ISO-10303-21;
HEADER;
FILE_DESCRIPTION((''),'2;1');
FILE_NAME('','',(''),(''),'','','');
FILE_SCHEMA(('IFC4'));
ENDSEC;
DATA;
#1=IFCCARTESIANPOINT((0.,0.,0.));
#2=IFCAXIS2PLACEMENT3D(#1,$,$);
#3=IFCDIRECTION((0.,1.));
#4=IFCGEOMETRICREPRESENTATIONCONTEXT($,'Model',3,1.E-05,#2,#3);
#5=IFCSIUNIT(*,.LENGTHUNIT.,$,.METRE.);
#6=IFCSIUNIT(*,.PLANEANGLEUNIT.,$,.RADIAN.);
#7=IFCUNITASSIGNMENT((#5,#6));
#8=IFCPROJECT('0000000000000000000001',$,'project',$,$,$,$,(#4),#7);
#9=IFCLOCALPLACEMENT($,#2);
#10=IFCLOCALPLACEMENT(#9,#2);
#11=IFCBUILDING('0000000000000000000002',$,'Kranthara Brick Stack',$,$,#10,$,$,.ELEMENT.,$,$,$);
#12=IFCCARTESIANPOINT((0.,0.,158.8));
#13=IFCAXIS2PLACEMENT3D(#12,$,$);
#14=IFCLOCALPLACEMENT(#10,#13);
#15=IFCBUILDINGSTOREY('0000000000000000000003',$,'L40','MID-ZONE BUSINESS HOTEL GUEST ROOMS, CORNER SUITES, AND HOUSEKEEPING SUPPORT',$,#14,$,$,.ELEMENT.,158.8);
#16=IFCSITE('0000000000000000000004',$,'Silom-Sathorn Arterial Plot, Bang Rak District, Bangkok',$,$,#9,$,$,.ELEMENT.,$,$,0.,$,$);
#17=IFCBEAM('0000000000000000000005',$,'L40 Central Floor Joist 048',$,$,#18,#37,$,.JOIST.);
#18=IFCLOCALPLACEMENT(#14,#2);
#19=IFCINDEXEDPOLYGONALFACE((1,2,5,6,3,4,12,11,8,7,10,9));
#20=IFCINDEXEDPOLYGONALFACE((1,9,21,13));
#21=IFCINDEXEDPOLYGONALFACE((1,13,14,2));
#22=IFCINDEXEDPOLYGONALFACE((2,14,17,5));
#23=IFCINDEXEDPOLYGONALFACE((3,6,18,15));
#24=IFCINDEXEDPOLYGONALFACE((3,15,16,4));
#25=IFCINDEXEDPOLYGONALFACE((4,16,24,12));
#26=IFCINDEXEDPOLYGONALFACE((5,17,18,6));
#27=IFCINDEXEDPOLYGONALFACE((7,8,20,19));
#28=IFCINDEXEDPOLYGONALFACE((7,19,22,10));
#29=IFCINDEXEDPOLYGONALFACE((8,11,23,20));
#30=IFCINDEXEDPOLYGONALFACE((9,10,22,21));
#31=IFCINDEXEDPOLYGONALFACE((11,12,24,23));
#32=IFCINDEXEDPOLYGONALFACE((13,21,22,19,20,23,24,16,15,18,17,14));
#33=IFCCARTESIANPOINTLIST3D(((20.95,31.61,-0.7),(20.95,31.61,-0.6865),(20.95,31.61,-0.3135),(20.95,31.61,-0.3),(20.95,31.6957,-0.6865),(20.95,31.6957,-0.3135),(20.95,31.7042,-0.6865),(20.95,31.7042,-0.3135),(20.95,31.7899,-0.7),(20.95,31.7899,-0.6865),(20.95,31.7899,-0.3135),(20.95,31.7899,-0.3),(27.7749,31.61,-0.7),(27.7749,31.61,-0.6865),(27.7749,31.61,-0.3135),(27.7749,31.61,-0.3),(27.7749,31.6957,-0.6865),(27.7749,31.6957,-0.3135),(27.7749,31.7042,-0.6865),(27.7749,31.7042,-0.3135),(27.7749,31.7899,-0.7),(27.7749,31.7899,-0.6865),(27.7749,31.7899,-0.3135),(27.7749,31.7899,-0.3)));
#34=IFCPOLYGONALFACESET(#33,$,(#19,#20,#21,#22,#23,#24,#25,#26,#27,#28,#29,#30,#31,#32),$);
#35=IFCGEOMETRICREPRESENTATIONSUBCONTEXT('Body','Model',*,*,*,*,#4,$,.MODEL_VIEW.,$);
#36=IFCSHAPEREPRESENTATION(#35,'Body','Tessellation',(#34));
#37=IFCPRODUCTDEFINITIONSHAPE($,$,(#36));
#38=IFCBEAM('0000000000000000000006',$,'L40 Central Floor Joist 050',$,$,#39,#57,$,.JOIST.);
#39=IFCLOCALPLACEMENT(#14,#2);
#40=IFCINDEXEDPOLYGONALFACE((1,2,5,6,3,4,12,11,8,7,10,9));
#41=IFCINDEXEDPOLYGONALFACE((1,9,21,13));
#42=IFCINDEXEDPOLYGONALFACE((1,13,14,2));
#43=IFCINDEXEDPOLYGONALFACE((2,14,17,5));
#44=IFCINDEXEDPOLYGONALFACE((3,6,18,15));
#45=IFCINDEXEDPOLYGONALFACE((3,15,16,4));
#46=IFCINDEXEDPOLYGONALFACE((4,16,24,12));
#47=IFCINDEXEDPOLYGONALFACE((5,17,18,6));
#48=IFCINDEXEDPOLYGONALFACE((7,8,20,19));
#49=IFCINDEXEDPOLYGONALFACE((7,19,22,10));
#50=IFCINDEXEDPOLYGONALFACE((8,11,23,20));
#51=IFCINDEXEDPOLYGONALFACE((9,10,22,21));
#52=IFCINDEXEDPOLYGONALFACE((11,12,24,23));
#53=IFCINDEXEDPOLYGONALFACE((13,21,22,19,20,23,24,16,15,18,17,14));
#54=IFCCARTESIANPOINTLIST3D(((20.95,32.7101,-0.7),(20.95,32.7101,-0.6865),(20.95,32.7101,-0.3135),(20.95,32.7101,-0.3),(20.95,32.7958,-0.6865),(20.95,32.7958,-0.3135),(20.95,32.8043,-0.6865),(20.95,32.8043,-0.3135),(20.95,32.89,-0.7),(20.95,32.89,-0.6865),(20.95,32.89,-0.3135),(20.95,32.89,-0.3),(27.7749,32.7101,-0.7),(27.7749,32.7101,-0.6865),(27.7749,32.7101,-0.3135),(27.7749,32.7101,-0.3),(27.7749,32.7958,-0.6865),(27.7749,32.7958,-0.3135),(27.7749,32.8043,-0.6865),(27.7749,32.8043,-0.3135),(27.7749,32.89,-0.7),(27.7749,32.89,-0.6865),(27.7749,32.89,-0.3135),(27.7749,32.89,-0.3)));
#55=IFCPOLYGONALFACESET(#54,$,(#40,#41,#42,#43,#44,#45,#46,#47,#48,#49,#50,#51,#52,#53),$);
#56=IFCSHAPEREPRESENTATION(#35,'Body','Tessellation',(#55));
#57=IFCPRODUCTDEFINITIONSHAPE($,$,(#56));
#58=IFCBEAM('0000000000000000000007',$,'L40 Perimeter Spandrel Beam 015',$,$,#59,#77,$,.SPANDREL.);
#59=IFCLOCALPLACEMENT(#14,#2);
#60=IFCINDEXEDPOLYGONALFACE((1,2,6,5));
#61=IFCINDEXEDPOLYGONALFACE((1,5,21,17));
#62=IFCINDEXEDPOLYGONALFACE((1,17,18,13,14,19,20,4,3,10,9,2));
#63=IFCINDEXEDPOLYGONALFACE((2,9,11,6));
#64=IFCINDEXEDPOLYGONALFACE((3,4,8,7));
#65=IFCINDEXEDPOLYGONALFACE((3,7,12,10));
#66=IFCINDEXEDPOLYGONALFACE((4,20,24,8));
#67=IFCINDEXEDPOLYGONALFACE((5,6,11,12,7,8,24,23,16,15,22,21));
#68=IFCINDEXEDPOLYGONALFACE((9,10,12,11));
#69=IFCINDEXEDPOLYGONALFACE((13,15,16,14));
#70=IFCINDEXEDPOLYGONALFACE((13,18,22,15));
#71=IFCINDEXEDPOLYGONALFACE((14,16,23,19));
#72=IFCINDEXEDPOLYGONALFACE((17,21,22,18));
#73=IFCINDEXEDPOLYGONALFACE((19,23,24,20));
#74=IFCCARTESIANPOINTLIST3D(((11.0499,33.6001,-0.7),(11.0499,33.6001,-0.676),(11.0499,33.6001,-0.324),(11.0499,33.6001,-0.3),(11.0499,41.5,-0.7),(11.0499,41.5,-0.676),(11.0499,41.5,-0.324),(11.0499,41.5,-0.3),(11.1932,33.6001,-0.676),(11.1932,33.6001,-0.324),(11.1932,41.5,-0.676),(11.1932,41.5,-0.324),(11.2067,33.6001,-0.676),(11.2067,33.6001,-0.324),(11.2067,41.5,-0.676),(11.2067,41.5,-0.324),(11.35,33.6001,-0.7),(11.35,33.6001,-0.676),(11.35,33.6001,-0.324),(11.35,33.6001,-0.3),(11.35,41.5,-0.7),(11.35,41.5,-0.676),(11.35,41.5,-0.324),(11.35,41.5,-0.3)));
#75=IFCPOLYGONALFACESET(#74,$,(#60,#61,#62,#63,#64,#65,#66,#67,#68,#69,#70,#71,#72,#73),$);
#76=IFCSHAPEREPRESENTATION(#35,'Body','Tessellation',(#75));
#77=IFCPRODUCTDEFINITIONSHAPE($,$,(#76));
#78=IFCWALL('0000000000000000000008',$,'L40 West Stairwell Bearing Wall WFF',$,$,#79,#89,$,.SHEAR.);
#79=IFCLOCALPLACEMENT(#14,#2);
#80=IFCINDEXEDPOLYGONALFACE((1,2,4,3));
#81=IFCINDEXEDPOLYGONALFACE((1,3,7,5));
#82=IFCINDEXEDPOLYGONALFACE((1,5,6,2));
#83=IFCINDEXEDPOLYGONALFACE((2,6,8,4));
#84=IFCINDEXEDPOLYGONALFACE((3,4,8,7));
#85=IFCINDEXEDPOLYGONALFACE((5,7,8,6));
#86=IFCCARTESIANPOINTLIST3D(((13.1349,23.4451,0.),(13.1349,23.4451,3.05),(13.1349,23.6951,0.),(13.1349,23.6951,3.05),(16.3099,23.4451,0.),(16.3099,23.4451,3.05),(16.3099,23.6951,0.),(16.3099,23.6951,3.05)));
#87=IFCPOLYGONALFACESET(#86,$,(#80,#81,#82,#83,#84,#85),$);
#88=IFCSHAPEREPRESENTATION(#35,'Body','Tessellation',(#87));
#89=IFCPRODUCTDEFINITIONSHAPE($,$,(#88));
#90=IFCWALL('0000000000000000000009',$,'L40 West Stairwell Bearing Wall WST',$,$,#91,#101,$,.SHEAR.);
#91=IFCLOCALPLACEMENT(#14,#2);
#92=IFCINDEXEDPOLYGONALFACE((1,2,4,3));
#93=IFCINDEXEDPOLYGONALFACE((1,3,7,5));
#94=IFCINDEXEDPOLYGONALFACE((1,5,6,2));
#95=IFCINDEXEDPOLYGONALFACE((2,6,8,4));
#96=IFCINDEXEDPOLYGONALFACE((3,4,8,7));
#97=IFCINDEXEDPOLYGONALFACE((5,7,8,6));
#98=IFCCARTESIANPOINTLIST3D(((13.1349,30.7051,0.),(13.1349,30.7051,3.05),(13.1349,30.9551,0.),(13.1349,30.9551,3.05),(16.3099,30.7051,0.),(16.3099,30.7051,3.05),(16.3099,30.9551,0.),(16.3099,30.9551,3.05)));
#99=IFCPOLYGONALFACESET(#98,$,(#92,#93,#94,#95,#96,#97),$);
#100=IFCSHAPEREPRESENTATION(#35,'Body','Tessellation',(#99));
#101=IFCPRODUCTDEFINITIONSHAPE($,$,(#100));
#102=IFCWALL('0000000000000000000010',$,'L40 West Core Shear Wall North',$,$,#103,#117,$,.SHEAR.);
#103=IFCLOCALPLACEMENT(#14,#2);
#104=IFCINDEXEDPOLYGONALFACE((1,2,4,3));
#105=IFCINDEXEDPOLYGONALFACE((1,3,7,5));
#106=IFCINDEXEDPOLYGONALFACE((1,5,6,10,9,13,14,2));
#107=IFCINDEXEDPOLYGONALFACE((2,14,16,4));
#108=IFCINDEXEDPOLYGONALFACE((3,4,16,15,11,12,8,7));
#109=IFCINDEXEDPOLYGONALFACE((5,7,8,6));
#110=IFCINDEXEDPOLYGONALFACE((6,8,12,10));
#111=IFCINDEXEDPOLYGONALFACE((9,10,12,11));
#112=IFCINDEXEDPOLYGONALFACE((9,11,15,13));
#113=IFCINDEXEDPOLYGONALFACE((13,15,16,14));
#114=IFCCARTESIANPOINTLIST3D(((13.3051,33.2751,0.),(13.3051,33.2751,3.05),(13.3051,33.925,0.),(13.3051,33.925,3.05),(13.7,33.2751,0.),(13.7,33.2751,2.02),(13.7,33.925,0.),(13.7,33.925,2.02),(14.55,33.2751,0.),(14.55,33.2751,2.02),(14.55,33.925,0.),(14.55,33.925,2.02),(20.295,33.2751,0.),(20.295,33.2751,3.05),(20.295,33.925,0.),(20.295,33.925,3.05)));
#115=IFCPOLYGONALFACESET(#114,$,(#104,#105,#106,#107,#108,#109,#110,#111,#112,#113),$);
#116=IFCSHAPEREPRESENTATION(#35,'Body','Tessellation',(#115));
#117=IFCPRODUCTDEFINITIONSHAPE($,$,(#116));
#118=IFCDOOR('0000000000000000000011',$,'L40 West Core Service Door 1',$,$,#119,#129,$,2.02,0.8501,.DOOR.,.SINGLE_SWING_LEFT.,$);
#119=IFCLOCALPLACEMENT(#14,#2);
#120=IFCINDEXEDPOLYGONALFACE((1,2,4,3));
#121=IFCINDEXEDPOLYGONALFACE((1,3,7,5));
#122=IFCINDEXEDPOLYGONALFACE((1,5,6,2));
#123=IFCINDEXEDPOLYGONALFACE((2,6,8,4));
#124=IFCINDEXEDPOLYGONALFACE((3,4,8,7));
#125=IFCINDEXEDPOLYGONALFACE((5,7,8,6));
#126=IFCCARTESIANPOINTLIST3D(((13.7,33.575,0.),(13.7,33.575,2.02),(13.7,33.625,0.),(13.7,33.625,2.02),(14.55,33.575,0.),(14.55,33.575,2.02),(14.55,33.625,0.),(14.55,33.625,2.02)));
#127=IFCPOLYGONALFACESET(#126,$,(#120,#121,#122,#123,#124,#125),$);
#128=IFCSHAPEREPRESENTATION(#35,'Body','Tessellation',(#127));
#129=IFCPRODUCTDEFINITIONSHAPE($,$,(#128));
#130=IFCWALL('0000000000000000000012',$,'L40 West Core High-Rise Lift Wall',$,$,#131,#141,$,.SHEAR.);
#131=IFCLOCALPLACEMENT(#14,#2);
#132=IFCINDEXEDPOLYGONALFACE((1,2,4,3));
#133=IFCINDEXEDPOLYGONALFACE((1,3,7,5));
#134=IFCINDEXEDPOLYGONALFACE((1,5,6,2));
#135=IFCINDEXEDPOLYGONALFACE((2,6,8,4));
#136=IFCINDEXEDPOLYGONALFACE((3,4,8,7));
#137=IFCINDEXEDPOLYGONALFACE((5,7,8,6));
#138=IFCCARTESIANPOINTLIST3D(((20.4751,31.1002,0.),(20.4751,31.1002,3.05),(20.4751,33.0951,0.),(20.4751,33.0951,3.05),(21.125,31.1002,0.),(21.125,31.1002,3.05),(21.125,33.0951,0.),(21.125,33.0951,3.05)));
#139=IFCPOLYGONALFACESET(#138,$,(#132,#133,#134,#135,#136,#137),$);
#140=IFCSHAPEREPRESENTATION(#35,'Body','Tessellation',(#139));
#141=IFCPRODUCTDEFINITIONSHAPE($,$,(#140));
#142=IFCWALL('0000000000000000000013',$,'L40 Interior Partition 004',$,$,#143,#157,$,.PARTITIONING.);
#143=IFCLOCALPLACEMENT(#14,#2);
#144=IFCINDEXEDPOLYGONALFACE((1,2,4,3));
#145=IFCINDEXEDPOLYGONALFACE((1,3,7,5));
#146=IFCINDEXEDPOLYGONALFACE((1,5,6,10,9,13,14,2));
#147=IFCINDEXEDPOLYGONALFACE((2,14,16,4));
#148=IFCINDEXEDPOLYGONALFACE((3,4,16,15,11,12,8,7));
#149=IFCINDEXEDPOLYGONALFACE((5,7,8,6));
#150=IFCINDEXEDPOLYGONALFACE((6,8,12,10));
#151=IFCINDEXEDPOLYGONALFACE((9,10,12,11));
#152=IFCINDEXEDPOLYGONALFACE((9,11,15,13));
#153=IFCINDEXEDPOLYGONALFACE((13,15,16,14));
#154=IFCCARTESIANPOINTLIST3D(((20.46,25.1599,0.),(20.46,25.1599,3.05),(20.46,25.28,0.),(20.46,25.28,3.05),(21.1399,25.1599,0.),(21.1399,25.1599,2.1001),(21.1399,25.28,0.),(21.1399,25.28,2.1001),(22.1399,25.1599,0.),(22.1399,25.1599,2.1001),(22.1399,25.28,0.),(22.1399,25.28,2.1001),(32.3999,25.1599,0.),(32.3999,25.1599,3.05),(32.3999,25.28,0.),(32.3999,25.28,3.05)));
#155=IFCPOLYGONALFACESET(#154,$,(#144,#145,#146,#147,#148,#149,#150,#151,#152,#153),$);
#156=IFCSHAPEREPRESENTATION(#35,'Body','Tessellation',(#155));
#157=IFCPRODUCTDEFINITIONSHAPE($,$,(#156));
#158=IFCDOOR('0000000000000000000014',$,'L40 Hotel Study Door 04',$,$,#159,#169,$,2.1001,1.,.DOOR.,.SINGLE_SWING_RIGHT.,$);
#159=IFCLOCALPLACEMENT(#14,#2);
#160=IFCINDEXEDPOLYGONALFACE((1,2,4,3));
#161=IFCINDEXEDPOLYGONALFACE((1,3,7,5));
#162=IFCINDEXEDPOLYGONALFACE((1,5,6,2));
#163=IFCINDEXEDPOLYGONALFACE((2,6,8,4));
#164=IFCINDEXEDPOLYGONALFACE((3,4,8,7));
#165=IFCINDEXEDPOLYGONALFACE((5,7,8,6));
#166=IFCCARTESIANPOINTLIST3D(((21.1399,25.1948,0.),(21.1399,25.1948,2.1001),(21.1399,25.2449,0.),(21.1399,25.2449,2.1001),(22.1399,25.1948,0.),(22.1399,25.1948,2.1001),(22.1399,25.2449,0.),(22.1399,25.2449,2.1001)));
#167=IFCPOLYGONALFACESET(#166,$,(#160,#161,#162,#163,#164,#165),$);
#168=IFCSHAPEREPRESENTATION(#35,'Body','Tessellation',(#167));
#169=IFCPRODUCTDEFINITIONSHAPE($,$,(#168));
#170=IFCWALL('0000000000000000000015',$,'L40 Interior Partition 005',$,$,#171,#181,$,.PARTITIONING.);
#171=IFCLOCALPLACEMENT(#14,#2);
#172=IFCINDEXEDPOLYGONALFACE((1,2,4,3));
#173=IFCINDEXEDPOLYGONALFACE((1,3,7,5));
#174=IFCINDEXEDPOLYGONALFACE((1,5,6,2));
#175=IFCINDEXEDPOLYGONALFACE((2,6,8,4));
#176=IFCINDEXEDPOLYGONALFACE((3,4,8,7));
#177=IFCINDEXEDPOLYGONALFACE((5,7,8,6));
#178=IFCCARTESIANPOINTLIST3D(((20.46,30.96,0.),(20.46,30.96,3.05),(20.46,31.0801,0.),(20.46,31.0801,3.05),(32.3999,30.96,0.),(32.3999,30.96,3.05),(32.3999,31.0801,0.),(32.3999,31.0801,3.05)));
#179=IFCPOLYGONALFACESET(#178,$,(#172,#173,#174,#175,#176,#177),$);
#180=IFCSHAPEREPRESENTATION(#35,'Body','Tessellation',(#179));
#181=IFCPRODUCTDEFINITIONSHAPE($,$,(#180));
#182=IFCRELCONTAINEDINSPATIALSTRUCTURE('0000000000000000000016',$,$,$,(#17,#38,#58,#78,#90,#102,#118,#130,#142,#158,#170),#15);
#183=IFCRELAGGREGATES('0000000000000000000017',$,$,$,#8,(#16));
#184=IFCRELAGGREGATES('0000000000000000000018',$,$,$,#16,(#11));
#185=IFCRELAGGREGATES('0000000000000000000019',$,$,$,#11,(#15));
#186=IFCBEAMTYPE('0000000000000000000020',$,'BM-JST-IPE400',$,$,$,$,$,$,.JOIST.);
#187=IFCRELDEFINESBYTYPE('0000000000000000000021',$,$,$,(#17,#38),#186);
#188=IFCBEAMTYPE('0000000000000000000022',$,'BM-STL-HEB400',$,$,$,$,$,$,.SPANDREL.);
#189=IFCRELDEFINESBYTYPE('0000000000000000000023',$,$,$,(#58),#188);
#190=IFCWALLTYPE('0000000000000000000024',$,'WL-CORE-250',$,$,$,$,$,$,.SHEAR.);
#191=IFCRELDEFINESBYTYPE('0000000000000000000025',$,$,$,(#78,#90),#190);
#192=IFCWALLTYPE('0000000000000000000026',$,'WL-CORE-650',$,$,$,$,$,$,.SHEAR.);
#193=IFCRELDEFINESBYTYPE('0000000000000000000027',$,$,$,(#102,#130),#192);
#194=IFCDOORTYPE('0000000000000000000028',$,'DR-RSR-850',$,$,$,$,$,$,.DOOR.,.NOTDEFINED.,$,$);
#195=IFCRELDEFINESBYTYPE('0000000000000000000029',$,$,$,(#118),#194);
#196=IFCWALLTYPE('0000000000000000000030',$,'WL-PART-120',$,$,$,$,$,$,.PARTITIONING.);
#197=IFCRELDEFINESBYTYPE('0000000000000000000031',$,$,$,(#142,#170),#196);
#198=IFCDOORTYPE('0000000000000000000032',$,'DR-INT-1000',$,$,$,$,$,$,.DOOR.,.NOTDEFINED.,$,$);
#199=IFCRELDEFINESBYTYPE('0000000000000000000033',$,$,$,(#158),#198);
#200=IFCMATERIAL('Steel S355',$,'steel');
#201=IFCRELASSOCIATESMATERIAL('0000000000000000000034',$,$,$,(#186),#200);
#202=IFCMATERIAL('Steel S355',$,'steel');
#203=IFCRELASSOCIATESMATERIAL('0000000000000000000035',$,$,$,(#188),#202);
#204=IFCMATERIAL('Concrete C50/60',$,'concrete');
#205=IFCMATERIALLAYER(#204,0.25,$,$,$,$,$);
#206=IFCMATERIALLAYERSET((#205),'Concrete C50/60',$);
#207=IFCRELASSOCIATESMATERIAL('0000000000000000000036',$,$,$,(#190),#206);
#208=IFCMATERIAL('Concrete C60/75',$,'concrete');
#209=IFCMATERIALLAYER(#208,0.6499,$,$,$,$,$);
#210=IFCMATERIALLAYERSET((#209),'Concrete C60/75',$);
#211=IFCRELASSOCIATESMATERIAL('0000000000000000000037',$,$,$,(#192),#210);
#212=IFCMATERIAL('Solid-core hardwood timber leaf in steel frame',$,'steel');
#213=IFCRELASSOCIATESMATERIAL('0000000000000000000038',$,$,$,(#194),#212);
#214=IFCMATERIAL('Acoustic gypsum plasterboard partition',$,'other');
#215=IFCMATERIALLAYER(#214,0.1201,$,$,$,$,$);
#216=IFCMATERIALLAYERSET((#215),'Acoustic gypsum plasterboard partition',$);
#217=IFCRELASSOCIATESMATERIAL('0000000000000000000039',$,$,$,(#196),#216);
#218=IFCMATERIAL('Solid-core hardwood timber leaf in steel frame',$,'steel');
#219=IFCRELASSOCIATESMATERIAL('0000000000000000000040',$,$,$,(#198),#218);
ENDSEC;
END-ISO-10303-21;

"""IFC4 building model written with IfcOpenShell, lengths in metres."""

from ifc_helpers import new_model, si_unit, direction, frame, frame_2d, origin, origin_2d, place, context, subcontext, project, spatial, rectangle, i_section, extrude, material, layer, layer_set, material_profile, profile_set, type_object, element, fill, save


model = new_model("IFC4")

# Units and contexts
model_context = context("Model", 3, precision=1e-05, world=origin(), true_north=direction((0.0, 1.0)))
body_context = subcontext(model_context, "Body", "Model", "MODEL_VIEW")
ifc_project = project(units=[si_unit("LENGTHUNIT", "METRE"), si_unit("PLANEANGLEUNIT", "RADIAN")], contexts=[model_context])

# Site, building, storey
site_placement = place(None, origin())
site = spatial("IfcSite", under=ifc_project, at=site_placement, Name="Silom-Sathorn Arterial Plot, Bang Rak District, Bangkok", CompositionType="ELEMENT", RefElevation=0.0)
building_placement = place(site_placement, origin())
building = spatial("IfcBuilding", under=site, at=building_placement, Name="Kranthara Brick Stack", CompositionType="ELEMENT")
storey_placement = place(building_placement, frame((0.0, 0.0, 158.8)))
storey = spatial("IfcBuildingStorey", under=building, at=storey_placement, Name="L40", Description="MID-ZONE BUSINESS HOTEL GUEST ROOMS, CORNER SUITES, AND HOUSEKEEPING SUPPORT", CompositionType="ELEMENT", Elevation=158.8)

# Beams
ifc_material_1 = material(Name="Steel S355", Category="steel")
ifc_material_profile_1 = material_profile(ifc_material_1, i_section(OverallWidth=0.1799, OverallDepth=0.3999, WebThickness=0.0085, FlangeThickness=0.0134, at=origin_2d()), Name="IPE 400")
ifc_profile_set_1 = profile_set([ifc_material_profile_1], Name="Steel S355")
beam_type_1 = type_object("IfcBeamType", Name="BM-JST-IPE400", PredefinedType="JOIST", material=ifc_profile_set_1)
for number, where, z_axis, x_axis, name in (
    (1, (20.95, 31.7, -0.5), (1.0, 0.0, 0.0), (0.0, 1.0, 0.0), "L40 Central Floor Joist 048"),
    (2, (20.95, 32.8, -0.5), (1.0, 0.0, 0.0), (0.0, 1.0, 0.0), "L40 Central Floor Joist 050"),
):
    element("IfcBeam", number, at=place(storey_placement, frame(where, z_axis=z_axis, x_axis=x_axis)), inside=storey, type_object=beam_type_1, Name=name, PredefinedType="JOIST", context=body_context, shape_type="SweptSolid", body=[
        extrude(i_section(OverallWidth=0.1799, OverallDepth=0.3999, WebThickness=0.0085, FlangeThickness=0.0134, at=origin_2d()), origin(), (0.0, 0.0, 1.0), 6.825),
    ])
ifc_material_2 = material(Name="Steel S355", Category="steel")
ifc_material_profile_2 = material_profile(ifc_material_2, i_section(OverallWidth=0.3, OverallDepth=0.3999, WebThickness=0.0134, FlangeThickness=0.0239, at=origin_2d()), Name="HEB 400")
ifc_profile_set_2 = profile_set([ifc_material_profile_2], Name="Steel S355")
beam_type_2 = type_object("IfcBeamType", Name="BM-STL-HEB400", PredefinedType="SPANDREL", material=ifc_profile_set_2)
beam_1_placement = place(storey_placement, frame((11.2, 33.6001, -0.5), z_axis=(0.0, 1.0, 0.0), x_axis=(-1.0, 0.0, 0.0)))
element("IfcBeam", 3, at=beam_1_placement, inside=storey, type_object=beam_type_2, Name="L40 Perimeter Spandrel Beam 015", PredefinedType="SPANDREL", context=body_context, shape_type="SweptSolid", body=[
    extrude(i_section(OverallWidth=0.3, OverallDepth=0.3999, WebThickness=0.0134, FlangeThickness=0.0239, at=origin_2d()), origin(), (0.0, 0.0, 1.0), 7.8999),
])

# Walls
ifc_material_3 = material(Name="Concrete C50/60", Category="concrete")
ifc_layer_1 = layer(ifc_material_3, 0.25)
ifc_layer_set_1 = layer_set([ifc_layer_1], Name="Concrete C50/60")
wall_type_1 = type_object("IfcWallType", Name="WL-CORE-250", PredefinedType="SHEAR", material=ifc_layer_set_1)
for number, where, z_axis, x_axis, name in (
    (4, (13.135, 23.5701, 0.0), (0.0, 0.0, 1.0), (1.0, 0.0, 0.0), "L40 West Stairwell Bearing Wall WFF"),
    (5, (13.135, 30.8301, 0.0), (0.0, 0.0, 1.0), (1.0, 0.0, 0.0), "L40 West Stairwell Bearing Wall WST"),
):
    element("IfcWall", number, at=place(storey_placement, frame(where, z_axis=z_axis, x_axis=x_axis)), inside=storey, type_object=wall_type_1, Name=name, PredefinedType="SHEAR", context=body_context, shape_type="SweptSolid", body=[
        extrude(rectangle(XDim=3.175, YDim=0.25, at=frame_2d((1.5874, 0.0))), origin(), (0.0, 0.0, 1.0), 3.05),
    ])

# Wall, opening, door
ifc_material_4 = material(Name="Concrete C60/75", Category="concrete")
ifc_layer_2 = layer(ifc_material_4, 0.6499)
ifc_layer_set_2 = layer_set([ifc_layer_2], Name="Concrete C60/75")
wall_type_2 = type_object("IfcWallType", Name="WL-CORE-650", PredefinedType="SHEAR", material=ifc_layer_set_2)
wall_1_placement = place(storey_placement, frame((13.3049, 33.6001, 0.0), z_axis=(0.0, 0.0, 1.0), x_axis=(1.0, 0.0, 0.0)))
wall_1 = element("IfcWall", 6, at=wall_1_placement, inside=storey, type_object=wall_type_2, Name="L40 West Core Shear Wall North", PredefinedType="SHEAR", context=body_context, shape_type="SweptSolid", body=[
    extrude(rectangle(XDim=6.99, YDim=0.6499, at=frame_2d((3.4951, 0.0))), origin(), (0.0, 0.0, 1.0), 3.05),
])
opening_1_placement = place(wall_1_placement, frame((0.395, 0.0, 0.0)))
opening_1 = element("IfcOpeningElement", 7, at=opening_1_placement, cuts=wall_1, PredefinedType="OPENING", context=body_context, shape_type="SweptSolid", body=[
    extrude(rectangle(XDim=0.8501, YDim=2.02, at=frame_2d((0.425, 1.01))), frame((0.0, 0.335, 0.0), z_axis=(0.0, -1.0, 0.0), x_axis=(1.0, 0.0, 0.0)), (0.0, 0.0, 1.0), 0.6699),
])
ifc_material_5 = material(Name="Solid-core hardwood timber leaf in steel frame", Category="steel")
door_type_1 = type_object("IfcDoorType", Name="DR-RSR-850", OperationType="NOTDEFINED", PredefinedType="DOOR", material=ifc_material_5)
door_1_placement = place(opening_1_placement, origin())
door_1 = element("IfcDoor", 8, at=door_1_placement, inside=storey, type_object=door_type_1, Name="L40 West Core Service Door 1", OperationType="SINGLE_SWING_LEFT", OverallHeight=2.02, OverallWidth=0.8501, PredefinedType="DOOR", context=body_context, shape_type="SweptSolid", body=[
    extrude(rectangle(XDim=0.8501, YDim=2.02, at=frame_2d((0.425, 1.01))), frame((0.0, 0.0249, 0.0), z_axis=(0.0, -1.0, 0.0), x_axis=(1.0, 0.0, 0.0)), (0.0, 0.0, 1.0), 0.05),
])
fill(opening_1, door_1)

# Wall
wall_2_placement = place(storey_placement, frame((20.8, 31.1001, 0.0), z_axis=(0.0, 0.0, 1.0), x_axis=(0.0, 1.0, 0.0)))
element("IfcWall", 9, at=wall_2_placement, inside=storey, type_object=wall_type_2, Name="L40 West Core High-Rise Lift Wall", PredefinedType="SHEAR", context=body_context, shape_type="SweptSolid", body=[
    extrude(rectangle(XDim=1.9949, YDim=0.6499, at=frame_2d((0.9976, 0.0))), origin(), (0.0, 0.0, 1.0), 3.05),
])

# Wall, opening, door
ifc_material_6 = material(Name="Acoustic gypsum plasterboard partition", Category="other")
ifc_layer_3 = layer(ifc_material_6, 0.1201)
ifc_layer_set_3 = layer_set([ifc_layer_3], Name="Acoustic gypsum plasterboard partition")
wall_type_3 = type_object("IfcWallType", Name="WL-PART-120", PredefinedType="PARTITIONING", material=ifc_layer_set_3)
wall_3_placement = place(storey_placement, frame((20.46, 25.22, 0.0), z_axis=(0.0, 0.0, 1.0), x_axis=(1.0, 0.0, 0.0)))
wall_3 = element("IfcWall", 10, at=wall_3_placement, inside=storey, type_object=wall_type_3, Name="L40 Interior Partition 004", PredefinedType="PARTITIONING", context=body_context, shape_type="SweptSolid", body=[
    extrude(rectangle(XDim=11.9399, YDim=0.1201, at=frame_2d((5.97, 0.0))), origin(), (0.0, 0.0, 1.0), 3.05),
])
opening_2_placement = place(wall_3_placement, frame((0.6799, 0.0, 0.0)))
opening_2 = element("IfcOpeningElement", 11, at=opening_2_placement, cuts=wall_3, PredefinedType="OPENING", context=body_context, shape_type="SweptSolid", body=[
    extrude(rectangle(XDim=1.0, YDim=2.1001, at=frame_2d((0.5, 1.05))), frame((0.0, 0.0701, 0.0), z_axis=(0.0, -1.0, 0.0), x_axis=(1.0, 0.0, 0.0)), (0.0, 0.0, 1.0), 0.1401),
])
ifc_material_7 = material(Name="Solid-core hardwood timber leaf in steel frame", Category="steel")
door_type_2 = type_object("IfcDoorType", Name="DR-INT-1000", OperationType="NOTDEFINED", PredefinedType="DOOR", material=ifc_material_7)
door_2_placement = place(opening_2_placement, origin())
door_2 = element("IfcDoor", 12, at=door_2_placement, inside=storey, type_object=door_type_2, Name="L40 Hotel Study Door 04", OperationType="SINGLE_SWING_RIGHT", OverallHeight=2.1001, OverallWidth=1.0, PredefinedType="DOOR", context=body_context, shape_type="SweptSolid", body=[
    extrude(rectangle(XDim=1.0, YDim=2.1001, at=frame_2d((0.5, 1.05))), frame((0.0, 0.0249, 0.0), z_axis=(0.0, -1.0, 0.0), x_axis=(1.0, 0.0, 0.0)), (0.0, 0.0, 1.0), 0.05),
])
fill(opening_2, door_2)

# Wall
wall_4_placement = place(storey_placement, frame((20.46, 31.02, 0.0), z_axis=(0.0, 0.0, 1.0), x_axis=(1.0, 0.0, 0.0)))
element("IfcWall", 13, at=wall_4_placement, inside=storey, type_object=wall_type_3, Name="L40 Interior Partition 005", PredefinedType="PARTITIONING", context=body_context, shape_type="SweptSolid", body=[
    extrude(rectangle(XDim=11.9399, YDim=0.1201, at=frame_2d((5.97, 0.0))), origin(), (0.0, 0.0, 1.0), 3.05),
])

save(model, "model.ifc")
